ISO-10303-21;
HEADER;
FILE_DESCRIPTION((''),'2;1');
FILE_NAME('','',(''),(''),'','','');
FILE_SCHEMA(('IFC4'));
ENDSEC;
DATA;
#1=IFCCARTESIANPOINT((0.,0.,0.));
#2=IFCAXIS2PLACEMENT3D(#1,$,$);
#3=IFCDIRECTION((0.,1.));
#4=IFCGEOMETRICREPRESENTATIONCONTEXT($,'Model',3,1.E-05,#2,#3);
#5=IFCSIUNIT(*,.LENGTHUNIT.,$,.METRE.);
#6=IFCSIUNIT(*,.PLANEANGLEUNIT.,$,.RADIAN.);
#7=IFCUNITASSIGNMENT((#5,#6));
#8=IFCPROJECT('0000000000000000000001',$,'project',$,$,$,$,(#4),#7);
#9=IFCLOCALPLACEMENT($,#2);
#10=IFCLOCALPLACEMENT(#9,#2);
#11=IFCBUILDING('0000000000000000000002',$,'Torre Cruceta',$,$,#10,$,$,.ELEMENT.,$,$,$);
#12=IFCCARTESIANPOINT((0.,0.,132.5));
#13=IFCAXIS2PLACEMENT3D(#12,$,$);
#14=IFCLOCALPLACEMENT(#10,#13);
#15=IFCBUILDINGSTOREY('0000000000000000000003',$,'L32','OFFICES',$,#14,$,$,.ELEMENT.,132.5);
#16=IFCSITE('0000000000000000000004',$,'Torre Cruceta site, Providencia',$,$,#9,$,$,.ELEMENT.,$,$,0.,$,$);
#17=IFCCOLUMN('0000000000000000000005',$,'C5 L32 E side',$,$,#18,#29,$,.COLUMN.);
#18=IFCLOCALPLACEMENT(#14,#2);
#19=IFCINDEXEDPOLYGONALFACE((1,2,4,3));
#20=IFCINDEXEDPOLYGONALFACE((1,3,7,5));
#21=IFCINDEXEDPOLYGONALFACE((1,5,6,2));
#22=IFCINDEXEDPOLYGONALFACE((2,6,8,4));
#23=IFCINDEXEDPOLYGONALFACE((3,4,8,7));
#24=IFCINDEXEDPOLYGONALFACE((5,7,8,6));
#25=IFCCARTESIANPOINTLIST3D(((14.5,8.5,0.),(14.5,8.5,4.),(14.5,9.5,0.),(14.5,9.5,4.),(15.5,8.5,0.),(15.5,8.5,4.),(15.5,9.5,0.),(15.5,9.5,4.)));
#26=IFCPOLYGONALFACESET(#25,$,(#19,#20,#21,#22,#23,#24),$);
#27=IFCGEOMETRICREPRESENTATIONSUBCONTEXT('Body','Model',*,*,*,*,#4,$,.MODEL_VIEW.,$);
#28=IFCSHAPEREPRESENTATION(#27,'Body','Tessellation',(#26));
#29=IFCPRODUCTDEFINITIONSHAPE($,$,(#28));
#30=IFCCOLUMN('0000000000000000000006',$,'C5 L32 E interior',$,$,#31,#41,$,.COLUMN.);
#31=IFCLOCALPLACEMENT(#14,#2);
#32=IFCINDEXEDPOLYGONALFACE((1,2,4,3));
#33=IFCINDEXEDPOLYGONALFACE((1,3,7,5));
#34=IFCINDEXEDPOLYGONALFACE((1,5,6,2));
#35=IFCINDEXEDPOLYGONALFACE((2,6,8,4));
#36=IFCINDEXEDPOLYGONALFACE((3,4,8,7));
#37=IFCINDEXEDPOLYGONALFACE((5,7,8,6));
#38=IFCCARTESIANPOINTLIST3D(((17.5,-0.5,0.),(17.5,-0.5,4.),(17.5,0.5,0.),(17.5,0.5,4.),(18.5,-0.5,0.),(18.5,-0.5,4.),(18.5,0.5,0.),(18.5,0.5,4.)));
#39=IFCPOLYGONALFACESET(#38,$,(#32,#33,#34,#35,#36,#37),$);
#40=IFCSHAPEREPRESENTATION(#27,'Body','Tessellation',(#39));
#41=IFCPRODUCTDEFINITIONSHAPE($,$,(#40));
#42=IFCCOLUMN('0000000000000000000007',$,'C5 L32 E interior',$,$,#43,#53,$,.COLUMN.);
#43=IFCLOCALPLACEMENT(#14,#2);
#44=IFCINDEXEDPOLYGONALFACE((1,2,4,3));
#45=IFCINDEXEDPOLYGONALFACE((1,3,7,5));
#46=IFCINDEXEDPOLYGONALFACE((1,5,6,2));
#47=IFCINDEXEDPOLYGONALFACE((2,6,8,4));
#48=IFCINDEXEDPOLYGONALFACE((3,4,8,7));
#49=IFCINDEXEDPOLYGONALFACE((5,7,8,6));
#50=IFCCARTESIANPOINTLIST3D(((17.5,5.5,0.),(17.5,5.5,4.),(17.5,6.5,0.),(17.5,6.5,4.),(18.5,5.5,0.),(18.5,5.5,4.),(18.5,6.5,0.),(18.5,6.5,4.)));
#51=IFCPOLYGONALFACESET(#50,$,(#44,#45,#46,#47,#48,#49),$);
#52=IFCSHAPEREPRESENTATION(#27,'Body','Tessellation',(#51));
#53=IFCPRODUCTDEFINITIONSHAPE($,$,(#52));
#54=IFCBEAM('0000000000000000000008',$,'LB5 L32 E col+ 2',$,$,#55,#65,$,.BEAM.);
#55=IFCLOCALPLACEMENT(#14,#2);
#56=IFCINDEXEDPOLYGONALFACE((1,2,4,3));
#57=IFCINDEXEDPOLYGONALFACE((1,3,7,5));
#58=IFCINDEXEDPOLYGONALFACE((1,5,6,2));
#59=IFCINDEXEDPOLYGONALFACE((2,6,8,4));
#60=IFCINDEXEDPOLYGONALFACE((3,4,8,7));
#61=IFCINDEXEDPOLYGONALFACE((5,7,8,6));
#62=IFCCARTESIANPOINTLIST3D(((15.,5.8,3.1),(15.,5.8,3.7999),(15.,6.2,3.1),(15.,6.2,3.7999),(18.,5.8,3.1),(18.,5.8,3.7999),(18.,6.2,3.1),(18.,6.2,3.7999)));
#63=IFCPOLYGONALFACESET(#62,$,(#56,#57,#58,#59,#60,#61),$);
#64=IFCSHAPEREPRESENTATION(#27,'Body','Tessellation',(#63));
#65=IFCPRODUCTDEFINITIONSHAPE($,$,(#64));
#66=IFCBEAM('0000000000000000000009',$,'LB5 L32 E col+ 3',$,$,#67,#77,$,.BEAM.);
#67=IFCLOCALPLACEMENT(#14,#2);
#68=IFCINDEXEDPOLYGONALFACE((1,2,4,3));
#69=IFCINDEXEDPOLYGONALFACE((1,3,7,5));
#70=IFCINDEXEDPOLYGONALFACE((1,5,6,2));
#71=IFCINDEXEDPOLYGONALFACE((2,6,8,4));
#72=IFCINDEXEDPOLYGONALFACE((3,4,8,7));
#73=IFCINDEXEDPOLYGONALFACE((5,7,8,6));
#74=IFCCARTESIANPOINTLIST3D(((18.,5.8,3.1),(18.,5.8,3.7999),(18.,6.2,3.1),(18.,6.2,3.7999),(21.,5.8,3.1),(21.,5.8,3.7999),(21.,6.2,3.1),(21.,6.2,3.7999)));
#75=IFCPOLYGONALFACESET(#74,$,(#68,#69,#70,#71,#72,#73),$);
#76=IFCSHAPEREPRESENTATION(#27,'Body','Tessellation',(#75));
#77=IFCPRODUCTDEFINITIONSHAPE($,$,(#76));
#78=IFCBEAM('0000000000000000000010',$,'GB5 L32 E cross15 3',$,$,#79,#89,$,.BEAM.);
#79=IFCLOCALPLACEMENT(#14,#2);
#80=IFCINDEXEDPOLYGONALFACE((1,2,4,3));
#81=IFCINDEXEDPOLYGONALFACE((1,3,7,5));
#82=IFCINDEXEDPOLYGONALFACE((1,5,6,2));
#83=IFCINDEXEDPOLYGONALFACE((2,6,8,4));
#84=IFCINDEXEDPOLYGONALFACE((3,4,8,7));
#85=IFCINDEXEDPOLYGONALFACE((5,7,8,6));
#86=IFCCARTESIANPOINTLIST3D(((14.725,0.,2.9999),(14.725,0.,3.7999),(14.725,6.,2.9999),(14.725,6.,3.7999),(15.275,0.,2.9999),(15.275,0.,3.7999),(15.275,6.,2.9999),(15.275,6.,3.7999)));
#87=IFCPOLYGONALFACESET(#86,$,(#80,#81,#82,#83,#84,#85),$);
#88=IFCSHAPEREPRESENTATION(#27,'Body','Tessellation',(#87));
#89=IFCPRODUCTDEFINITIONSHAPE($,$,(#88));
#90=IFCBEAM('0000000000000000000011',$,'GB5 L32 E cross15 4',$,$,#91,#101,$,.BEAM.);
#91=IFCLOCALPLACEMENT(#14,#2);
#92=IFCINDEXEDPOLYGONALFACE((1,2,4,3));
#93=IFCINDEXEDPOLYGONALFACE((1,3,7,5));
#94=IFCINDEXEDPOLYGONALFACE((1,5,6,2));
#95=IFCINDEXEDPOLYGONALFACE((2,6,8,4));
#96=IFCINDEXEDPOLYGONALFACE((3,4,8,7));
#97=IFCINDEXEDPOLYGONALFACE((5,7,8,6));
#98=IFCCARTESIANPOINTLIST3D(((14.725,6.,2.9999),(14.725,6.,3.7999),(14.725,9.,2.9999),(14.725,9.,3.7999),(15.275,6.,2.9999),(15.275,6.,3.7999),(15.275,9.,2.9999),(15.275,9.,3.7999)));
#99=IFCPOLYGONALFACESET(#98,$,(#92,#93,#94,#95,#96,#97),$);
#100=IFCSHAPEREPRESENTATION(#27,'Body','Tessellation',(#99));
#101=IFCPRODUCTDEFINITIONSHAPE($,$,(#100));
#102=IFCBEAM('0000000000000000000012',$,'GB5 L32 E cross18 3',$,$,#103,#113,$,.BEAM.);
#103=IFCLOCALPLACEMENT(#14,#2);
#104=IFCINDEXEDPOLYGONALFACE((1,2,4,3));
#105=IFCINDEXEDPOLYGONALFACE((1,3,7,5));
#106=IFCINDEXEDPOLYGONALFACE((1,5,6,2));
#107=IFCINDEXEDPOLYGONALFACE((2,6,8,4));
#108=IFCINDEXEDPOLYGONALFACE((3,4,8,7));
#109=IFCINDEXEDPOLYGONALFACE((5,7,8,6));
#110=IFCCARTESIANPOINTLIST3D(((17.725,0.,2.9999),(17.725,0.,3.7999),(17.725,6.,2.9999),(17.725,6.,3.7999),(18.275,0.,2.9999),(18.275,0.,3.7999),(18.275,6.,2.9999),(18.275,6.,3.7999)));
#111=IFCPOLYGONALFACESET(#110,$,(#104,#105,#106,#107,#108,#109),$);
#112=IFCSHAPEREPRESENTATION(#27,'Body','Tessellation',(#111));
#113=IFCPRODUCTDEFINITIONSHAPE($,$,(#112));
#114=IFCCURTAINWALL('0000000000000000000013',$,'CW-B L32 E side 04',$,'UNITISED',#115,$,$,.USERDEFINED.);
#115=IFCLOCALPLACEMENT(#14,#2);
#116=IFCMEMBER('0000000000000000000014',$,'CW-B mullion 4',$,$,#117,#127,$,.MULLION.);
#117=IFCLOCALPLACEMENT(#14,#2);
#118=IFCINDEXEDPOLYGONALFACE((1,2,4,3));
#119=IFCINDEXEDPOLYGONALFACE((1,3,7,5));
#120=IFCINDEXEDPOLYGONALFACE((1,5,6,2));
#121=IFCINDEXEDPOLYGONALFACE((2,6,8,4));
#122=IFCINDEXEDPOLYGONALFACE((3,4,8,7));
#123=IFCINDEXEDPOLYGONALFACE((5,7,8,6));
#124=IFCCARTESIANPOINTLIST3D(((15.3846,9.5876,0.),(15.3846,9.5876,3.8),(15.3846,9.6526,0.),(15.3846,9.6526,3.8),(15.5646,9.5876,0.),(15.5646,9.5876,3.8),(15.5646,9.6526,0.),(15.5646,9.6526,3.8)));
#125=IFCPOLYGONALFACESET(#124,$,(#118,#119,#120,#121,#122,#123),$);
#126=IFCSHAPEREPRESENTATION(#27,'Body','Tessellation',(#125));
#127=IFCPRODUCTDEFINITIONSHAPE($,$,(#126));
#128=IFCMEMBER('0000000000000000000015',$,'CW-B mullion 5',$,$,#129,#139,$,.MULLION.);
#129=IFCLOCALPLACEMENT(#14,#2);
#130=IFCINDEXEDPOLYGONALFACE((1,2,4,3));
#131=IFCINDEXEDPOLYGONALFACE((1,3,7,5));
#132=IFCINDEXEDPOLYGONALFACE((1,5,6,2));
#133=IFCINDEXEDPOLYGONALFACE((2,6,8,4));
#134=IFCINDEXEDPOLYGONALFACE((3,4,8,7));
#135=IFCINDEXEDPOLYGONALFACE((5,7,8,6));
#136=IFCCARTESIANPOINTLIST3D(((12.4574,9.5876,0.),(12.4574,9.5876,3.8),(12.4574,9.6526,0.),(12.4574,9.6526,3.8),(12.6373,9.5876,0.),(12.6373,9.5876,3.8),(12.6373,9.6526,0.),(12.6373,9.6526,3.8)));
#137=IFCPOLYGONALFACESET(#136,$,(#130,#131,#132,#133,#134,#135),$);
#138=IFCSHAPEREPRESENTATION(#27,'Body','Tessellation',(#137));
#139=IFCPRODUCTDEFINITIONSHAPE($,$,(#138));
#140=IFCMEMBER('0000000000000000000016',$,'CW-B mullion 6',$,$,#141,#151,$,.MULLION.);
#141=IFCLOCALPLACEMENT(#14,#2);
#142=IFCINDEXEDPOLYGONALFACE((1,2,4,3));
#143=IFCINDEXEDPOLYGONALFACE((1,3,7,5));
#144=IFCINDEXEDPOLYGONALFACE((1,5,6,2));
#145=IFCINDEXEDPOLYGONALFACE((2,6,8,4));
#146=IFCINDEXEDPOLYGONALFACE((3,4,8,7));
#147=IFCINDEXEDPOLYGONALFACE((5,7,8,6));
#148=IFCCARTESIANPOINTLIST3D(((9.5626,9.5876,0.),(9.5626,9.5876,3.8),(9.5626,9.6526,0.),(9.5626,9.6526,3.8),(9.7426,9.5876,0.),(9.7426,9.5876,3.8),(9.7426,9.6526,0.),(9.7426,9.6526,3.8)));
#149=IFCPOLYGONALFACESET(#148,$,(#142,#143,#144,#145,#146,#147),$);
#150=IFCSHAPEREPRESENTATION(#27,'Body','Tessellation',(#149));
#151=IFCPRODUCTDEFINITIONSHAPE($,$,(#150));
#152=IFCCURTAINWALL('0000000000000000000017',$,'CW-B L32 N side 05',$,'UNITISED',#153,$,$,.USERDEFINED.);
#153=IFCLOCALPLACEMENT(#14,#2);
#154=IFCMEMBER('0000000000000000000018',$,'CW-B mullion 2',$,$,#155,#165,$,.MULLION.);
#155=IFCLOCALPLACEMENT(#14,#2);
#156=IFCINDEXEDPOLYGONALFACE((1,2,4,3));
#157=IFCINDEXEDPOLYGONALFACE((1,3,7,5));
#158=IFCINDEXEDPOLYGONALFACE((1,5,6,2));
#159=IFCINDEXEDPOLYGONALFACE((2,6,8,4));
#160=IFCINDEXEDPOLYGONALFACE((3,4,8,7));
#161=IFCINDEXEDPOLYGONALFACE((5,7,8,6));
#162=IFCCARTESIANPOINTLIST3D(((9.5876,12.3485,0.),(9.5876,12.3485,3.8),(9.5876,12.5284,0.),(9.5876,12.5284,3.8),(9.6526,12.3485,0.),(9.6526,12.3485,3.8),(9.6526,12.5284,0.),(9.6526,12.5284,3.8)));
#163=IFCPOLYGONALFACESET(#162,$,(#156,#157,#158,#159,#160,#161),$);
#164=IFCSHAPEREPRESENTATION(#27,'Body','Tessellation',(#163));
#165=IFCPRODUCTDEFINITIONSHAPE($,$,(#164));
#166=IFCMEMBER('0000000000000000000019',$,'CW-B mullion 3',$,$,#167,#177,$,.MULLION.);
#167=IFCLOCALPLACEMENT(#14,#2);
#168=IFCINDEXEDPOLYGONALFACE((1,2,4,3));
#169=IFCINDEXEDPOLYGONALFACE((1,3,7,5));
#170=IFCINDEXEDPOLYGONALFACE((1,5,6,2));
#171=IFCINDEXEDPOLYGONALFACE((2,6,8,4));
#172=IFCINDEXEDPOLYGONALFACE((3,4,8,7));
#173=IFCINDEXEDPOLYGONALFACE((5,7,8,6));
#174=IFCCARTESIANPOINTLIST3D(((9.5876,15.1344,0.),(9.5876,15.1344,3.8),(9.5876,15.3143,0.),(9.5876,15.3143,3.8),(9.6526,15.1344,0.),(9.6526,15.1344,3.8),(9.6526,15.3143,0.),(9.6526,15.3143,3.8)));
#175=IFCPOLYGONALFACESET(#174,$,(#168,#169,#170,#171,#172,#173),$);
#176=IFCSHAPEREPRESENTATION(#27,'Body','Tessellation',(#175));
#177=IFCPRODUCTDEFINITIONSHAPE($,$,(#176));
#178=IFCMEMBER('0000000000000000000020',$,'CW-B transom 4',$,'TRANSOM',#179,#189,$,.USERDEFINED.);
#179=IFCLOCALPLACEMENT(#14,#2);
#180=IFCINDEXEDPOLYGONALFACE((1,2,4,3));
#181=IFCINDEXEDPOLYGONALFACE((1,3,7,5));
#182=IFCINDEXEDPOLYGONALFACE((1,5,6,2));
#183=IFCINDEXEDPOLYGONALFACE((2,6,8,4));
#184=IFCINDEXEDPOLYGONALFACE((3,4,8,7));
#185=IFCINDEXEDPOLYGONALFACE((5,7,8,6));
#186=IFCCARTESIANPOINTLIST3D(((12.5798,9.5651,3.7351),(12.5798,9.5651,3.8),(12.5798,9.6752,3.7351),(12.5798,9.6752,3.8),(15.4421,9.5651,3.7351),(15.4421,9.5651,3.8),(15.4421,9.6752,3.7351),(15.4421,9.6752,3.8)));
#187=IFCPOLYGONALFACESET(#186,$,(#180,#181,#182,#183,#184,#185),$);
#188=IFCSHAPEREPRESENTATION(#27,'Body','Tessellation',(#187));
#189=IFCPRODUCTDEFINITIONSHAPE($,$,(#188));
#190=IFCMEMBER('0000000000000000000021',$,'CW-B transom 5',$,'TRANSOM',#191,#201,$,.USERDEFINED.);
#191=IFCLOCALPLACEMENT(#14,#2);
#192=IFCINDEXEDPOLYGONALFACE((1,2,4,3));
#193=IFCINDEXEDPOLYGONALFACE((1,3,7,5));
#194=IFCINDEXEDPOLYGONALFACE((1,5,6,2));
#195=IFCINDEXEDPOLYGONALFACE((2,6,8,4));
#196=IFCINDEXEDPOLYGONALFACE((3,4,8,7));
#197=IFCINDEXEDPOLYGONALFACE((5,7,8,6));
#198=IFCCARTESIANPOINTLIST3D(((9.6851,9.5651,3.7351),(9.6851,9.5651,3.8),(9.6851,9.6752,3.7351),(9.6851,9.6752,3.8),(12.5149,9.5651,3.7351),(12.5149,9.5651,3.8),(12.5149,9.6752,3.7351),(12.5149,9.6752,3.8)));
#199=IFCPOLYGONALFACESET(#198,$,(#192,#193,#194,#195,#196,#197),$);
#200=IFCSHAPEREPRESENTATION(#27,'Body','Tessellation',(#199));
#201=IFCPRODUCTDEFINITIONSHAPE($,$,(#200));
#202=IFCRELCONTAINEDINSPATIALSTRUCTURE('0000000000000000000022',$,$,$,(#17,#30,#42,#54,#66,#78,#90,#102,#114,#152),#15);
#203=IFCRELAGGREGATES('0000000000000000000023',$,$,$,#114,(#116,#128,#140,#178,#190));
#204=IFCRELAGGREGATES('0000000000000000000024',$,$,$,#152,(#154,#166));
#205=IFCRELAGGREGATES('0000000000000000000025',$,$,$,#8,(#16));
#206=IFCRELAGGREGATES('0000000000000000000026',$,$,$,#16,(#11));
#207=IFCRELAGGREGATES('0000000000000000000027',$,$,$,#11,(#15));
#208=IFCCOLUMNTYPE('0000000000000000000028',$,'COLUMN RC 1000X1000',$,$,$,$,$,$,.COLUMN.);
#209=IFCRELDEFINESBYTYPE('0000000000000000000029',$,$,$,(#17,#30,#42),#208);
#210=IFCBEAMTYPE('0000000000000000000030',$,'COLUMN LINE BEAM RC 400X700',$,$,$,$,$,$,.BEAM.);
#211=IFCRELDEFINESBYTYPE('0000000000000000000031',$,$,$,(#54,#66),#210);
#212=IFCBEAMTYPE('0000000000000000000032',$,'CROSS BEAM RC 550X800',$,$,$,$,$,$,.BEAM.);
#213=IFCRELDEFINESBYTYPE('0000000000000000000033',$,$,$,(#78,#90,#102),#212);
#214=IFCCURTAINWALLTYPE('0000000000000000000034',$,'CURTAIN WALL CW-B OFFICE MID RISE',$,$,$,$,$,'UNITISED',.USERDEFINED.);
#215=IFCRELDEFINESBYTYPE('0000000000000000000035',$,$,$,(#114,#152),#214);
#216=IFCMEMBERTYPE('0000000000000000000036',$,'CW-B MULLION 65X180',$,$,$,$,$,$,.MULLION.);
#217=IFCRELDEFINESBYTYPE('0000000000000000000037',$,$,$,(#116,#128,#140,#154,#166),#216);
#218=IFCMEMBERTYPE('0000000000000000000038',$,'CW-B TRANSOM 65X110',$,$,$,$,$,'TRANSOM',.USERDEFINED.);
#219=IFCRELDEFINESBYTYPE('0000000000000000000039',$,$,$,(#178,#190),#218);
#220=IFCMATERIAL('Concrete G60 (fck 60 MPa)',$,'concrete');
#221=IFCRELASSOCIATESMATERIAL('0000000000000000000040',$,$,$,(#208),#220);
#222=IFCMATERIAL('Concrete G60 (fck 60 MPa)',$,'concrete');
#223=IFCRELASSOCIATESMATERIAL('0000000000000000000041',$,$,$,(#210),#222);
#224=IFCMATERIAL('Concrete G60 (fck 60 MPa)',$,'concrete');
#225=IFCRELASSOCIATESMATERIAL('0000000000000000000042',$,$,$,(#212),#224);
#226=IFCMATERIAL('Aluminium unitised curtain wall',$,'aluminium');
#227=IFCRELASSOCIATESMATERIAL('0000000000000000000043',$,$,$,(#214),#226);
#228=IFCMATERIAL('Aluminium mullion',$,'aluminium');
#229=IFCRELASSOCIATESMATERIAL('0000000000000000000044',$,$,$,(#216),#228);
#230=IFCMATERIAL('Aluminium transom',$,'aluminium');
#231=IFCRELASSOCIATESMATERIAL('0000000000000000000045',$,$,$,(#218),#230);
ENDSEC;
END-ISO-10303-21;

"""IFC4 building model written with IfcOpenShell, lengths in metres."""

from ifc_helpers import new_model, si_unit, direction, frame, origin, origin_2d, place, context, subcontext, project, spatial, rectangle, extrude, material, material_profile, profile_set, type_object, element, aggregate, save


model = new_model("IFC4")

# Units and contexts
model_context = context("Model", 3, precision=1e-05, world=origin(), true_north=direction((0.0, 1.0)))
body_context = subcontext(model_context, "Body", "Model", "MODEL_VIEW")
ifc_project = project(units=[si_unit("LENGTHUNIT", "METRE"), si_unit("PLANEANGLEUNIT", "RADIAN")], contexts=[model_context])

# Site, building, storey
site_placement = place(None, origin())
site = spatial("IfcSite", under=ifc_project, at=site_placement, Name="Torre Cruceta site, Providencia", CompositionType="ELEMENT", RefElevation=0.0)
building_placement = place(site_placement, origin())
building = spatial("IfcBuilding", under=site, at=building_placement, Name="Torre Cruceta", CompositionType="ELEMENT")
storey_placement = place(building_placement, frame((0.0, 0.0, 132.5)))
storey = spatial("IfcBuildingStorey", under=building, at=storey_placement, Name="L32", Description="OFFICES", CompositionType="ELEMENT", Elevation=132.5)

# Columns
ifc_material_1 = material(Name="Concrete G60 (fck 60 MPa)", Category="concrete")
ifc_material_profile_1 = material_profile(ifc_material_1, rectangle(XDim=1.0, YDim=1.0, at=origin_2d()), Name="RC 1000X1000")
ifc_profile_set_1 = profile_set([ifc_material_profile_1], Name="Concrete G60 (fck 60 MPa)")
column_type = type_object("IfcColumnType", Name="COLUMN RC 1000X1000", PredefinedType="COLUMN", material=ifc_profile_set_1)
for number, where, z_axis, x_axis, name in (
    (1, (15.0, 9.0, 0.0), (0.0, 0.0, 1.0), (1.0, 0.0, 0.0), "C5 L32 E side"),
    (2, (18.0, 0.0, 0.0), (0.0, 0.0, 1.0), (1.0, 0.0, 0.0), "C5 L32 E interior"),
    (3, (18.0, 6.0, 0.0), (0.0, 0.0, 1.0), (1.0, 0.0, 0.0), "C5 L32 E interior"),
):
    element("IfcColumn", number, at=place(storey_placement, frame(where, z_axis=z_axis, x_axis=x_axis)), inside=storey, type_object=column_type, Name=name, PredefinedType="COLUMN", context=body_context, shape_type="SweptSolid", body=[
        extrude(rectangle(XDim=1.0, YDim=1.0, at=origin_2d()), origin(), (0.0, 0.0, 1.0), 4.0),
    ])

# Beams
ifc_material_2 = material(Name="Concrete G60 (fck 60 MPa)", Category="concrete")
ifc_material_profile_2 = material_profile(ifc_material_2, rectangle(XDim=0.3999, YDim=0.7, at=origin_2d()), Name="RC 400X700")
ifc_profile_set_2 = profile_set([ifc_material_profile_2], Name="Concrete G60 (fck 60 MPa)")
beam_type_1 = type_object("IfcBeamType", Name="COLUMN LINE BEAM RC 400X700", PredefinedType="BEAM", material=ifc_profile_set_2)
for number, where, z_axis, x_axis, name in (
    (4, (15.0, 6.0, 3.45), (1.0, 0.0, 0.0), (0.0, 1.0, 0.0), "LB5 L32 E col+ 2"),
    (5, (18.0, 6.0, 3.45), (1.0, 0.0, 0.0), (0.0, 1.0, 0.0), "LB5 L32 E col+ 3"),
):
    element("IfcBeam", number, at=place(storey_placement, frame(where, z_axis=z_axis, x_axis=x_axis)), inside=storey, type_object=beam_type_1, Name=name, PredefinedType="BEAM", context=body_context, shape_type="SweptSolid", body=[
        extrude(rectangle(XDim=0.3999, YDim=0.7, at=origin_2d()), origin(), (0.0, 0.0, 1.0), 3.0),
    ])
ifc_material_3 = material(Name="Concrete G60 (fck 60 MPa)", Category="concrete")
ifc_material_profile_3 = material_profile(ifc_material_3, rectangle(XDim=0.55, YDim=0.8, at=origin_2d()), Name="RC 550X800")
ifc_profile_set_3 = profile_set([ifc_material_profile_3], Name="Concrete G60 (fck 60 MPa)")
beam_type_2 = type_object("IfcBeamType", Name="CROSS BEAM RC 550X800", PredefinedType="BEAM", material=ifc_profile_set_3)
beam_1_placement = place(storey_placement, frame((15.0, 0.0, 3.3999), z_axis=(0.0, 1.0, 0.0), x_axis=(-1.0, 0.0, 0.0)))
element("IfcBeam", 6, at=beam_1_placement, inside=storey, type_object=beam_type_2, Name="GB5 L32 E cross15 3", PredefinedType="BEAM", context=body_context, shape_type="SweptSolid", body=[
    extrude(rectangle(XDim=0.55, YDim=0.8, at=origin_2d()), origin(), (0.0, 0.0, 1.0), 6.0),
])
beam_2_placement = place(storey_placement, frame((15.0, 6.0, 3.3999), z_axis=(0.0, 1.0, 0.0), x_axis=(-1.0, 0.0, 0.0)))
element("IfcBeam", 7, at=beam_2_placement, inside=storey, type_object=beam_type_2, Name="GB5 L32 E cross15 4", PredefinedType="BEAM", context=body_context, shape_type="SweptSolid", body=[
    extrude(rectangle(XDim=0.55, YDim=0.8, at=origin_2d()), origin(), (0.0, 0.0, 1.0), 3.0),
])
beam_3_placement = place(storey_placement, frame((18.0, 0.0, 3.3999), z_axis=(0.0, 1.0, 0.0), x_axis=(-1.0, 0.0, 0.0)))
element("IfcBeam", 8, at=beam_3_placement, inside=storey, type_object=beam_type_2, Name="GB5 L32 E cross18 3", PredefinedType="BEAM", context=body_context, shape_type="SweptSolid", body=[
    extrude(rectangle(XDim=0.55, YDim=0.8, at=origin_2d()), origin(), (0.0, 0.0, 1.0), 6.0),
])

# Curtain walls, members
ifc_material_4 = material(Name="Aluminium unitised curtain wall", Category="aluminium")
curtain_wall_type = type_object("IfcCurtainWallType", Name="CURTAIN WALL CW-B OFFICE MID RISE", ElementType="UNITISED", PredefinedType="USERDEFINED", material=ifc_material_4)
curtain_wall_1_placement = place(storey_placement, origin())
curtain_wall_1 = element("IfcCurtainWall", 9, at=curtain_wall_1_placement, inside=storey, type_object=curtain_wall_type, Name="CW-B L32 E side 04", ObjectType="UNITISED", PredefinedType="USERDEFINED")
ifc_material_5 = material(Name="Aluminium mullion", Category="aluminium")
ifc_material_profile_4 = material_profile(ifc_material_5, rectangle(XDim=0.0649, YDim=0.1799, at=origin_2d()), Name="AL 65X180")
ifc_profile_set_4 = profile_set([ifc_material_profile_4], Name="Aluminium mullion")
member_type_1 = type_object("IfcMemberType", Name="CW-B MULLION 65X180", PredefinedType="MULLION", material=ifc_profile_set_4)
member_1_placement = place(storey_placement, frame((15.4746, 9.6201, 0.0), z_axis=(0.0, 0.0, 1.0), x_axis=(0.0, -1.0, 0.0)))
member_1 = element("IfcMember", 10, at=member_1_placement, type_object=member_type_1, Name="CW-B mullion 4", PredefinedType="MULLION", context=body_context, shape_type="SweptSolid", body=[
    extrude(rectangle(XDim=0.0649, YDim=0.1799, at=origin_2d()), origin(), (0.0, 0.0, 1.0), 3.8),
])
member_2_placement = place(storey_placement, frame((12.5474, 9.6201, 0.0), z_axis=(0.0, 0.0, 1.0), x_axis=(0.0, -1.0, 0.0)))
member_2 = element("IfcMember", 11, at=member_2_placement, type_object=member_type_1, Name="CW-B mullion 5", PredefinedType="MULLION", context=body_context, shape_type="SweptSolid", body=[
    extrude(rectangle(XDim=0.0649, YDim=0.1799, at=origin_2d()), origin(), (0.0, 0.0, 1.0), 3.8),
])
member_3_placement = place(storey_placement, frame((9.6526, 9.6201, 0.0), z_axis=(0.0, 0.0, 1.0), x_axis=(0.0, -1.0, 0.0)))
member_3 = element("IfcMember", 12, at=member_3_placement, type_object=member_type_1, Name="CW-B mullion 6", PredefinedType="MULLION", context=body_context, shape_type="SweptSolid", body=[
    extrude(rectangle(XDim=0.0649, YDim=0.1799, at=origin_2d()), origin(), (0.0, 0.0, 1.0), 3.8),
])
curtain_wall_2_placement = place(storey_placement, origin())
curtain_wall_2 = element("IfcCurtainWall", 13, at=curtain_wall_2_placement, inside=storey, type_object=curtain_wall_type, Name="CW-B L32 N side 05", ObjectType="UNITISED", PredefinedType="USERDEFINED")
member_4_placement = place(storey_placement, frame((9.6201, 12.4385, 0.0), z_axis=(0.0, 0.0, 1.0), x_axis=(-1.0, 0.0, 0.0)))
member_4 = element("IfcMember", 14, at=member_4_placement, type_object=member_type_1, Name="CW-B mullion 2", PredefinedType="MULLION", context=body_context, shape_type="SweptSolid", body=[
    extrude(rectangle(XDim=0.0649, YDim=0.1799, at=origin_2d()), origin(), (0.0, 0.0, 1.0), 3.8),
])
member_5_placement = place(storey_placement, frame((9.6201, 15.2244, 0.0), z_axis=(0.0, 0.0, 1.0), x_axis=(-1.0, 0.0, 0.0)))
member_5 = element("IfcMember", 15, at=member_5_placement, type_object=member_type_1, Name="CW-B mullion 3", PredefinedType="MULLION", context=body_context, shape_type="SweptSolid", body=[
    extrude(rectangle(XDim=0.0649, YDim=0.1799, at=origin_2d()), origin(), (0.0, 0.0, 1.0), 3.8),
])

# Members
ifc_material_6 = material(Name="Aluminium transom", Category="aluminium")
ifc_material_profile_5 = material_profile(ifc_material_6, rectangle(XDim=0.1101, YDim=0.0649, at=origin_2d()), Name="AL 110X65")
ifc_profile_set_5 = profile_set([ifc_material_profile_5], Name="Aluminium transom")
member_type_2 = type_object("IfcMemberType", Name="CW-B TRANSOM 65X110", ElementType="TRANSOM", PredefinedType="USERDEFINED", material=ifc_profile_set_5)
member_6_placement = place(storey_placement, frame((15.4421, 9.6201, 3.7676), z_axis=(-1.0, 0.0, 0.0), x_axis=(0.0, -1.0, 0.0)))
member_6 = element("IfcMember", 16, at=member_6_placement, type_object=member_type_2, Name="CW-B transom 4", ObjectType="TRANSOM", PredefinedType="USERDEFINED", context=body_context, shape_type="SweptSolid", body=[
    extrude(rectangle(XDim=0.1101, YDim=0.0649, at=origin_2d()), origin(), (0.0, 0.0, 1.0), 2.8623),
])
member_7_placement = place(storey_placement, frame((12.5149, 9.6201, 3.7676), z_axis=(-1.0, 0.0, 0.0), x_axis=(0.0, -1.0, 0.0)))
member_7 = element("IfcMember", 17, at=member_7_placement, type_object=member_type_2, Name="CW-B transom 5", ObjectType="TRANSOM", PredefinedType="USERDEFINED", context=body_context, shape_type="SweptSolid", body=[
    extrude(rectangle(XDim=0.1101, YDim=0.0649, at=origin_2d()), origin(), (0.0, 0.0, 1.0), 2.8298),
])

aggregate(curtain_wall_1, [member_1, member_2, member_3, member_6, member_7])
aggregate(curtain_wall_2, [member_4, member_5])

save(model, "model.ifc")
